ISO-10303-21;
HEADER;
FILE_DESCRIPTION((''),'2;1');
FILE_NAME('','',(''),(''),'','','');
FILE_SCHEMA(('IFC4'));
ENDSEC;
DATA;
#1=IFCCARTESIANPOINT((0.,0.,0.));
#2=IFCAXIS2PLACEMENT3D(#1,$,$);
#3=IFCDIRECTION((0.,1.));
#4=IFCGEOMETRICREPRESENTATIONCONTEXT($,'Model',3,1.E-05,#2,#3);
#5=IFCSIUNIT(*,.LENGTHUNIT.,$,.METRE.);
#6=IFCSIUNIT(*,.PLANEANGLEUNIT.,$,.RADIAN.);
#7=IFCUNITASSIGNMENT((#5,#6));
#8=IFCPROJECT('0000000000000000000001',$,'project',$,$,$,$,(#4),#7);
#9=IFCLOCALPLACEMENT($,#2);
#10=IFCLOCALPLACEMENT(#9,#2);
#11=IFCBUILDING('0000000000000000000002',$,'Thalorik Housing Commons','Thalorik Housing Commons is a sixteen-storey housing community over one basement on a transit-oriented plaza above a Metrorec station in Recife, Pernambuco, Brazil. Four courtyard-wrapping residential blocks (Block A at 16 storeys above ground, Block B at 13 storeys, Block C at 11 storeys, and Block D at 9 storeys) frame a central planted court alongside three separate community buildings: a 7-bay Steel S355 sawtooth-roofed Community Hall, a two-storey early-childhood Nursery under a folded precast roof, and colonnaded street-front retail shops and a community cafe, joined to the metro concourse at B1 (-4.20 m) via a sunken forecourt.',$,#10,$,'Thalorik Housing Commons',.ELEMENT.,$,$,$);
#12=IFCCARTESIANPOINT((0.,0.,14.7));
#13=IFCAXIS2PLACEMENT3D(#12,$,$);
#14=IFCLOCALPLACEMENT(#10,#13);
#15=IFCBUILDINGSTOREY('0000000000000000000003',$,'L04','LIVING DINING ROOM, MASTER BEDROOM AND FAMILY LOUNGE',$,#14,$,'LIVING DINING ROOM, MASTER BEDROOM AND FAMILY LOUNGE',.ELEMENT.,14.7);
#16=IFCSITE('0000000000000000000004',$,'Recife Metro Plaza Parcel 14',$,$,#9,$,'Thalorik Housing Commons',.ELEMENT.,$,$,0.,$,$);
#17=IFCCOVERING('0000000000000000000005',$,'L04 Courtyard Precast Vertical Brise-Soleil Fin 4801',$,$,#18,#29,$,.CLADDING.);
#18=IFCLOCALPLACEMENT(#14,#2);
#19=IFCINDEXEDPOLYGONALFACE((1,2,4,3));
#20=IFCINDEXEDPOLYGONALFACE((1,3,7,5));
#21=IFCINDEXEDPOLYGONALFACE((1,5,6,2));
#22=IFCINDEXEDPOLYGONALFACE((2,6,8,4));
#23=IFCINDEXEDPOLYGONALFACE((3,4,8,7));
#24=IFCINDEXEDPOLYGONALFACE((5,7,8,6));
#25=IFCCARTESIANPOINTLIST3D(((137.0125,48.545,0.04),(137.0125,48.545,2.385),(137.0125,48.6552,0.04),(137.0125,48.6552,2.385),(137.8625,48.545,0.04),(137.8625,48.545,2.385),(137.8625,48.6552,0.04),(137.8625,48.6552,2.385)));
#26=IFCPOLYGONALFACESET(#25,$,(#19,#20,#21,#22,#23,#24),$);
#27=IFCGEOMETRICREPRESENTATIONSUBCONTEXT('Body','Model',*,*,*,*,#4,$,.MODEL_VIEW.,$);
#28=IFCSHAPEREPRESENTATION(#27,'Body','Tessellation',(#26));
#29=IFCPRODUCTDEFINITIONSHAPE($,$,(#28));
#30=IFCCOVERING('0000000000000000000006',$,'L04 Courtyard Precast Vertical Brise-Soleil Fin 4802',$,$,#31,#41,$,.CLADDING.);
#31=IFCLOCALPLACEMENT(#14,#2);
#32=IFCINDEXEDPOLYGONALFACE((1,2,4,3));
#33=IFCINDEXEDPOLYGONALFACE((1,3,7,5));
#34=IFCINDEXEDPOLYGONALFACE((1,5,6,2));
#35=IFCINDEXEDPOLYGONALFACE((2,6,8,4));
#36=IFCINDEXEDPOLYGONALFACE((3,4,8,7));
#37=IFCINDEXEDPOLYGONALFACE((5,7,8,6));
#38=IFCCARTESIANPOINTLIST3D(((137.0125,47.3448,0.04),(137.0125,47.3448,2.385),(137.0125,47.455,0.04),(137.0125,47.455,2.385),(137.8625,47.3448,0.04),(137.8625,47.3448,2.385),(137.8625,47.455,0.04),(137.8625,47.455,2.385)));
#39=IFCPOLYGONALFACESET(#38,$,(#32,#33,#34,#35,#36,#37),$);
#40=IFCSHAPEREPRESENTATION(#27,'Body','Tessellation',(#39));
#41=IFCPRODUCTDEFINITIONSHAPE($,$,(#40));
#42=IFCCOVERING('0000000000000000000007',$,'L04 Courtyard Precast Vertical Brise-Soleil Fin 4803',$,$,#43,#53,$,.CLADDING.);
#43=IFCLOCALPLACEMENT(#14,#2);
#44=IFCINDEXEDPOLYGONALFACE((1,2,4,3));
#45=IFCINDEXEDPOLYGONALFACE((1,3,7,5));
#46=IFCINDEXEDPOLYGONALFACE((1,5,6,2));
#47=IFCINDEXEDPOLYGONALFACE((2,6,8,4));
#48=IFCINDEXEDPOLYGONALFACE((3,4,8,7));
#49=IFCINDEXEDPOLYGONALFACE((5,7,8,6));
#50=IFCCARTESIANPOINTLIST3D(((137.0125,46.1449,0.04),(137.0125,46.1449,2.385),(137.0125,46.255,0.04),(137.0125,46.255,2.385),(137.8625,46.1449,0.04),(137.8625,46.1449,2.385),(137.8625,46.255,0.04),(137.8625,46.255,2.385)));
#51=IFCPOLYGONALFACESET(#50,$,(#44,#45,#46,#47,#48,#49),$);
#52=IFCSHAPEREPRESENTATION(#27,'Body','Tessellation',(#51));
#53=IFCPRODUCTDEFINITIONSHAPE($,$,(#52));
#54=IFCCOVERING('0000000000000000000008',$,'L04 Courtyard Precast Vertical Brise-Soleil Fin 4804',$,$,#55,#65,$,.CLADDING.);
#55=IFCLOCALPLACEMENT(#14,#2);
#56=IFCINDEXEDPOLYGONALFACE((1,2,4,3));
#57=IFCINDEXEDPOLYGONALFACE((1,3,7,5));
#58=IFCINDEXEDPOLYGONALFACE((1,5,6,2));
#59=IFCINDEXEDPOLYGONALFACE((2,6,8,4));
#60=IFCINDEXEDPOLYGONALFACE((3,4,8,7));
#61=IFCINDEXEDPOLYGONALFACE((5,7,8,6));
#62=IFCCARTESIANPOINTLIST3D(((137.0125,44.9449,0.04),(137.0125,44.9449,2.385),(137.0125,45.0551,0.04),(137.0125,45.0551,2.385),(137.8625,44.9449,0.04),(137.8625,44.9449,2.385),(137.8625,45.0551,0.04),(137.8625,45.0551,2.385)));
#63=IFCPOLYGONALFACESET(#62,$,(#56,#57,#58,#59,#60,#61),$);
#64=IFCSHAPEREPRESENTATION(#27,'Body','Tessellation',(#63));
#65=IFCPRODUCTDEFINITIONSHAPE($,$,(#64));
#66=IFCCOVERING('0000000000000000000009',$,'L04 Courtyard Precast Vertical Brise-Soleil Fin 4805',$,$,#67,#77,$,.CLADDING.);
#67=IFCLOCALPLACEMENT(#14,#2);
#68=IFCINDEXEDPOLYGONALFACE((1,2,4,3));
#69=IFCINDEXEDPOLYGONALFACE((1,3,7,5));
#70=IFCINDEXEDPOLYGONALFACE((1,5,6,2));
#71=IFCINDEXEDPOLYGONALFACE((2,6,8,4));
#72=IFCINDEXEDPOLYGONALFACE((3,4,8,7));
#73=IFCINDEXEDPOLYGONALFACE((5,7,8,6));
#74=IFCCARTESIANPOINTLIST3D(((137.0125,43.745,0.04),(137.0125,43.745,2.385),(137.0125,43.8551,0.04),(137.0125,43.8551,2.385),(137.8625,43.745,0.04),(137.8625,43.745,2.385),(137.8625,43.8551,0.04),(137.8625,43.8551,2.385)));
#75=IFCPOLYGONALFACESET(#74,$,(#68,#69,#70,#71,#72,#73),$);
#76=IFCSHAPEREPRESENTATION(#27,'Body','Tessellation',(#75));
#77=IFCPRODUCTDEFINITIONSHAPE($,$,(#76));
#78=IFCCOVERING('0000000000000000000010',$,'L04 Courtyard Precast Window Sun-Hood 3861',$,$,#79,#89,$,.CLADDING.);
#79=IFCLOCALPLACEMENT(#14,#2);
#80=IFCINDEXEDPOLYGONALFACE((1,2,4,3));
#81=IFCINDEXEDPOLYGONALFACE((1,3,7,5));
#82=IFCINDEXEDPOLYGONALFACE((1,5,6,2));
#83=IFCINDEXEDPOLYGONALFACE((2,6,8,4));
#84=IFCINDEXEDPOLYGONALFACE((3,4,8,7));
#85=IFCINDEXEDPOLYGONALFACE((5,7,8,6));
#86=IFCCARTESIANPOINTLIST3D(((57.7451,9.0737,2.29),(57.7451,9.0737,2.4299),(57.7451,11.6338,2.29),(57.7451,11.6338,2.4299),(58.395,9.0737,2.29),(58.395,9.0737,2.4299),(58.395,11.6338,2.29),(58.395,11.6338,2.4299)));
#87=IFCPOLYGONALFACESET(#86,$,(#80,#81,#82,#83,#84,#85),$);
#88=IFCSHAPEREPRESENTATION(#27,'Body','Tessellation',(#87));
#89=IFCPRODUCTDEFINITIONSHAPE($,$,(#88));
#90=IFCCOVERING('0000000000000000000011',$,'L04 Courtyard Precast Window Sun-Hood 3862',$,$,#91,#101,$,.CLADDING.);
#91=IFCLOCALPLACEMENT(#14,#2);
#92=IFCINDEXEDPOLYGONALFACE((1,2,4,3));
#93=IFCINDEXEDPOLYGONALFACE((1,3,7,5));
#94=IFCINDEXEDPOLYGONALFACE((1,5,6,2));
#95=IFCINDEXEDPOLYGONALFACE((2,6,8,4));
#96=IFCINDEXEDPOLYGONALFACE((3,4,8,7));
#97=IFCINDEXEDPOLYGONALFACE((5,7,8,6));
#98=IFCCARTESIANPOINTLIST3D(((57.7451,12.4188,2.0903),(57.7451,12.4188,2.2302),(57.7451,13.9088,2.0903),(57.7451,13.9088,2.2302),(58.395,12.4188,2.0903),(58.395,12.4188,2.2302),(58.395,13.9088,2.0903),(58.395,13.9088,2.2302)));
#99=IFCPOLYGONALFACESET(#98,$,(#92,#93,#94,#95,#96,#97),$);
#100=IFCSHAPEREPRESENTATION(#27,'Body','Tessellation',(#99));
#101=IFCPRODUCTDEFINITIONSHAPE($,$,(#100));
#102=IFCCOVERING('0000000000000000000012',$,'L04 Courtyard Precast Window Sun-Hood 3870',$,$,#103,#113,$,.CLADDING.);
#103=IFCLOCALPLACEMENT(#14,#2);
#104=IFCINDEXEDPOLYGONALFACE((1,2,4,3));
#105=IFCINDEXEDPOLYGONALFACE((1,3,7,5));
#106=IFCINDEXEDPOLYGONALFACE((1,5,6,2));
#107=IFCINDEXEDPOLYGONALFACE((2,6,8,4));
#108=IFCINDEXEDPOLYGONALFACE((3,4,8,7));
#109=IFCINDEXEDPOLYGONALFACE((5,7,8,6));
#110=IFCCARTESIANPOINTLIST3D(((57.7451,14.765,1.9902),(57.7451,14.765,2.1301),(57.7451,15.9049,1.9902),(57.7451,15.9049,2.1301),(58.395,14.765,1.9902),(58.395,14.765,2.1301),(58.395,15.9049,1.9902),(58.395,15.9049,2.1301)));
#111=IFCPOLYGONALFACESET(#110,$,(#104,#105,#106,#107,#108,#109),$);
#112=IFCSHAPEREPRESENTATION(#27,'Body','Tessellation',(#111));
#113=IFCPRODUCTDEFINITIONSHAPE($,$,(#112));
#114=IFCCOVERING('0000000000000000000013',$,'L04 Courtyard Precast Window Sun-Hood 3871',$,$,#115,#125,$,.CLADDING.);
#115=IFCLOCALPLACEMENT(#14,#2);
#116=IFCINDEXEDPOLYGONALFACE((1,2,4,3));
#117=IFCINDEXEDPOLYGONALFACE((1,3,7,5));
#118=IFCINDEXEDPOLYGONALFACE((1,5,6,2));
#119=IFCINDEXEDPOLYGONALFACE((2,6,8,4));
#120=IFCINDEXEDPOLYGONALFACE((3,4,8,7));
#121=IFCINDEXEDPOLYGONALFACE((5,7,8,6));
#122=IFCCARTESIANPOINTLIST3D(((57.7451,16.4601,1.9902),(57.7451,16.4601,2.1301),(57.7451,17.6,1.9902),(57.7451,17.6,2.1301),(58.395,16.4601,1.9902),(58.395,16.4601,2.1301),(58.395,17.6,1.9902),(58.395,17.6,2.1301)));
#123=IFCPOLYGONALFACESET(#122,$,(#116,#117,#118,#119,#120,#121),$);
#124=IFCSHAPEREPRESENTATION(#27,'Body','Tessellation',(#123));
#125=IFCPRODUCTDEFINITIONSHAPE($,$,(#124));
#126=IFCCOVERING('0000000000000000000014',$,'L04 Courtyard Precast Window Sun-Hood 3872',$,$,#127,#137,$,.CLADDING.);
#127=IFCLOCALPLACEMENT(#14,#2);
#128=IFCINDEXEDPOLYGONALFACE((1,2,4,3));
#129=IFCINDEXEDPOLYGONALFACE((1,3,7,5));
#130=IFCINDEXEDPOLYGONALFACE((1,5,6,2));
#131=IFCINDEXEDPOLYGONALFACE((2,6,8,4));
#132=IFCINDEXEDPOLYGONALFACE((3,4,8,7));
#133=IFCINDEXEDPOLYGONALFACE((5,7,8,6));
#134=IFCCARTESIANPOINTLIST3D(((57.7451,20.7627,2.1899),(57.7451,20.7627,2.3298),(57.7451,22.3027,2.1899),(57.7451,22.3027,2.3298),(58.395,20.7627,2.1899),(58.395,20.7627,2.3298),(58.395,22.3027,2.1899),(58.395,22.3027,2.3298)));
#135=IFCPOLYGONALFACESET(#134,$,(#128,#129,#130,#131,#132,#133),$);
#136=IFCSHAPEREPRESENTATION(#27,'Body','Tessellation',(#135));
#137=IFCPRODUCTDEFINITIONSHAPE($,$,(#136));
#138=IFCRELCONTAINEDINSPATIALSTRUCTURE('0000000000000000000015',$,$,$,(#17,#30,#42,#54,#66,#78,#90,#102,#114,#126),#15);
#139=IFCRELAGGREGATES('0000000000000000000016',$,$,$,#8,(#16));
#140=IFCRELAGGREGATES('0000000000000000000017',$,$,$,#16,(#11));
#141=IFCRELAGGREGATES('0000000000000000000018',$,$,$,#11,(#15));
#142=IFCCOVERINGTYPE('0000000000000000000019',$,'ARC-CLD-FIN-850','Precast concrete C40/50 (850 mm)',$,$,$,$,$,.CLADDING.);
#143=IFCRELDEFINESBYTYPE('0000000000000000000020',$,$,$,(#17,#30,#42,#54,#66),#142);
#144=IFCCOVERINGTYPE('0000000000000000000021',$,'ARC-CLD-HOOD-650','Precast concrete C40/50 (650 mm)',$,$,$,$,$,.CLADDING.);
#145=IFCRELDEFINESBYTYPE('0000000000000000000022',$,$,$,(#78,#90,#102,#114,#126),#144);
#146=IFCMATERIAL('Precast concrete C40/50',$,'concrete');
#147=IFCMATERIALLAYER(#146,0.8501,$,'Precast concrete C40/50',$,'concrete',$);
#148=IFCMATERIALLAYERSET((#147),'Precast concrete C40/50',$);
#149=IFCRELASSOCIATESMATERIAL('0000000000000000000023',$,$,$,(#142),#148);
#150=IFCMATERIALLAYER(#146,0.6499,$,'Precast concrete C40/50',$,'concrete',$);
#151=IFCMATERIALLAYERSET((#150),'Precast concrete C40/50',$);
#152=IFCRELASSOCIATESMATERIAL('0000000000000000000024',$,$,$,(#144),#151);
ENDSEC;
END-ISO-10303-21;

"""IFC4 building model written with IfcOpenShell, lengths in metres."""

from ifc_helpers import new_model, si_unit, direction, frame, origin, origin_2d, place, context, subcontext, project, spatial, rectangle, extrude, material, layer, layer_set, type_object, element, save


model = new_model("IFC4")

# Units and contexts
model_context = context("Model", 3, precision=1e-05, world=origin(), true_north=direction((0.0, 1.0)))
body_context = subcontext(model_context, "Body", "Model", "MODEL_VIEW")
ifc_project = project(units=[si_unit("LENGTHUNIT", "METRE"), si_unit("PLANEANGLEUNIT", "RADIAN")], contexts=[model_context])

# Site, building, storey
site_placement = place(None, origin())
site = spatial("IfcSite", under=ifc_project, at=site_placement, Name="Recife Metro Plaza Parcel 14", LongName="Thalorik Housing Commons", CompositionType="ELEMENT", RefElevation=0.0)
building_placement = place(site_placement, origin())
building = spatial("IfcBuilding", under=site, at=building_placement, Name="Thalorik Housing Commons", Description="Thalorik Housing Commons is a sixteen-storey housing community over one basement on a transit-oriented plaza above a Metrorec station in Recife, Pernambuco, Brazil. Four courtyard-wrapping residential blocks (Block A at 16 storeys above ground, Block B at 13 storeys, Block C at 11 storeys, and Block D at 9 storeys) frame a central planted court alongside three separate community buildings: a 7-bay Steel S355 sawtooth-roofed Community Hall, a two-storey early-childhood Nursery under a folded precast roof, and colonnaded street-front retail shops and a community cafe, joined to the metro concourse at B1 (-4.20 m) via a sunken forecourt.", LongName="Thalorik Housing Commons", CompositionType="ELEMENT")
storey_placement = place(building_placement, frame((0.0, 0.0, 14.7)))
storey = spatial("IfcBuildingStorey", under=building, at=storey_placement, Name="L04", Description="LIVING DINING ROOM, MASTER BEDROOM AND FAMILY LOUNGE", LongName="LIVING DINING ROOM, MASTER BEDROOM AND FAMILY LOUNGE", CompositionType="ELEMENT", Elevation=14.7)

# Coverings
ifc_material_1 = material(Name="Precast concrete C40/50", Category="concrete")
ifc_layer_1 = layer(ifc_material_1, 0.8501, Name="Precast concrete C40/50", Category="concrete")
ifc_layer_set_1 = layer_set([ifc_layer_1], Name="Precast concrete C40/50")
covering_type_1 = type_object("IfcCoveringType", Name="ARC-CLD-FIN-850", Description="Precast concrete C40/50 (850 mm)", PredefinedType="CLADDING", material=ifc_layer_set_1)
for number, where, z_axis, x_axis, name in (
    (1, (137.4375, 48.6001, 0.04), (0.0, 0.0, 1.0), (0.0, -1.0, 0.0), "L04 Courtyard Precast Vertical Brise-Soleil Fin 4801"),
    (2, (137.4375, 47.3999, 0.04), (0.0, 0.0, 1.0), (0.0, -1.0, 0.0), "L04 Courtyard Precast Vertical Brise-Soleil Fin 4802"),
    (3, (137.4375, 46.2, 0.04), (0.0, 0.0, 1.0), (0.0, -1.0, 0.0), "L04 Courtyard Precast Vertical Brise-Soleil Fin 4803"),
    (4, (137.4375, 45.0, 0.04), (0.0, 0.0, 1.0), (0.0, -1.0, 0.0), "L04 Courtyard Precast Vertical Brise-Soleil Fin 4804"),
    (5, (137.4375, 43.8, 0.04), (0.0, 0.0, 1.0), (0.0, -1.0, 0.0), "L04 Courtyard Precast Vertical Brise-Soleil Fin 4805"),
):
    element("IfcCovering", number, at=place(storey_placement, frame(where, z_axis=z_axis, x_axis=x_axis)), inside=storey, type_object=covering_type_1, Name=name, PredefinedType="CLADDING", context=body_context, shape_type="SweptSolid", body=[
        extrude(rectangle(XDim=0.1101, YDim=0.8501, at=origin_2d()), origin(), (0.0, 0.0, 1.0), 2.345),
    ])
ifc_layer_2 = layer(ifc_material_1, 0.6499, Name="Precast concrete C40/50", Category="concrete")
ifc_layer_set_2 = layer_set([ifc_layer_2], Name="Precast concrete C40/50")
covering_type_2 = type_object("IfcCoveringType", Name="ARC-CLD-HOOD-650", Description="Precast concrete C40/50 (650 mm)", PredefinedType="CLADDING", material=ifc_layer_set_2)
covering_1_placement = place(storey_placement, frame((58.0701, 10.3538, 2.29), z_axis=(0.0, 0.0, 1.0), x_axis=(0.0, 1.0, 0.0)))
element("IfcCovering", 6, at=covering_1_placement, inside=storey, type_object=covering_type_2, Name="L04 Courtyard Precast Window Sun-Hood 3861", PredefinedType="CLADDING", context=body_context, shape_type="SweptSolid", body=[
    extrude(rectangle(XDim=2.5601, YDim=0.6499, at=origin_2d()), origin(), (0.0, 0.0, 1.0), 0.1399),
])
covering_2_placement = place(storey_placement, frame((58.0701, 13.1638, 2.0903), z_axis=(0.0, 0.0, 1.0), x_axis=(0.0, 1.0, 0.0)))
element("IfcCovering", 7, at=covering_2_placement, inside=storey, type_object=covering_type_2, Name="L04 Courtyard Precast Window Sun-Hood 3862", PredefinedType="CLADDING", context=body_context, shape_type="SweptSolid", body=[
    extrude(rectangle(XDim=1.49, YDim=0.6499, at=origin_2d()), origin(), (0.0, 0.0, 1.0), 0.1399),
])
for number, where, z_axis, x_axis, name in (
    (8, (58.0701, 15.335, 1.9902), (0.0, 0.0, 1.0), (0.0, 1.0, 0.0), "L04 Courtyard Precast Window Sun-Hood 3870"),
    (9, (58.0701, 17.03, 1.9902), (0.0, 0.0, 1.0), (0.0, 1.0, 0.0), "L04 Courtyard Precast Window Sun-Hood 3871"),
):
    element("IfcCovering", number, at=place(storey_placement, frame(where, z_axis=z_axis, x_axis=x_axis)), inside=storey, type_object=covering_type_2, Name=name, PredefinedType="CLADDING", context=body_context, shape_type="SweptSolid", body=[
        extrude(rectangle(XDim=1.1399, YDim=0.6499, at=origin_2d()), origin(), (0.0, 0.0, 1.0), 0.1399),
    ])
covering_3_placement = place(storey_placement, frame((58.0701, 21.5327, 2.1899), z_axis=(0.0, 0.0, 1.0), x_axis=(0.0, 1.0, 0.0)))
element("IfcCovering", 10, at=covering_3_placement, inside=storey, type_object=covering_type_2, Name="L04 Courtyard Precast Window Sun-Hood 3872", PredefinedType="CLADDING", context=body_context, shape_type="SweptSolid", body=[
    extrude(rectangle(XDim=1.54, YDim=0.6499, at=origin_2d()), origin(), (0.0, 0.0, 1.0), 0.1399),
])

save(model, "model.ifc")
